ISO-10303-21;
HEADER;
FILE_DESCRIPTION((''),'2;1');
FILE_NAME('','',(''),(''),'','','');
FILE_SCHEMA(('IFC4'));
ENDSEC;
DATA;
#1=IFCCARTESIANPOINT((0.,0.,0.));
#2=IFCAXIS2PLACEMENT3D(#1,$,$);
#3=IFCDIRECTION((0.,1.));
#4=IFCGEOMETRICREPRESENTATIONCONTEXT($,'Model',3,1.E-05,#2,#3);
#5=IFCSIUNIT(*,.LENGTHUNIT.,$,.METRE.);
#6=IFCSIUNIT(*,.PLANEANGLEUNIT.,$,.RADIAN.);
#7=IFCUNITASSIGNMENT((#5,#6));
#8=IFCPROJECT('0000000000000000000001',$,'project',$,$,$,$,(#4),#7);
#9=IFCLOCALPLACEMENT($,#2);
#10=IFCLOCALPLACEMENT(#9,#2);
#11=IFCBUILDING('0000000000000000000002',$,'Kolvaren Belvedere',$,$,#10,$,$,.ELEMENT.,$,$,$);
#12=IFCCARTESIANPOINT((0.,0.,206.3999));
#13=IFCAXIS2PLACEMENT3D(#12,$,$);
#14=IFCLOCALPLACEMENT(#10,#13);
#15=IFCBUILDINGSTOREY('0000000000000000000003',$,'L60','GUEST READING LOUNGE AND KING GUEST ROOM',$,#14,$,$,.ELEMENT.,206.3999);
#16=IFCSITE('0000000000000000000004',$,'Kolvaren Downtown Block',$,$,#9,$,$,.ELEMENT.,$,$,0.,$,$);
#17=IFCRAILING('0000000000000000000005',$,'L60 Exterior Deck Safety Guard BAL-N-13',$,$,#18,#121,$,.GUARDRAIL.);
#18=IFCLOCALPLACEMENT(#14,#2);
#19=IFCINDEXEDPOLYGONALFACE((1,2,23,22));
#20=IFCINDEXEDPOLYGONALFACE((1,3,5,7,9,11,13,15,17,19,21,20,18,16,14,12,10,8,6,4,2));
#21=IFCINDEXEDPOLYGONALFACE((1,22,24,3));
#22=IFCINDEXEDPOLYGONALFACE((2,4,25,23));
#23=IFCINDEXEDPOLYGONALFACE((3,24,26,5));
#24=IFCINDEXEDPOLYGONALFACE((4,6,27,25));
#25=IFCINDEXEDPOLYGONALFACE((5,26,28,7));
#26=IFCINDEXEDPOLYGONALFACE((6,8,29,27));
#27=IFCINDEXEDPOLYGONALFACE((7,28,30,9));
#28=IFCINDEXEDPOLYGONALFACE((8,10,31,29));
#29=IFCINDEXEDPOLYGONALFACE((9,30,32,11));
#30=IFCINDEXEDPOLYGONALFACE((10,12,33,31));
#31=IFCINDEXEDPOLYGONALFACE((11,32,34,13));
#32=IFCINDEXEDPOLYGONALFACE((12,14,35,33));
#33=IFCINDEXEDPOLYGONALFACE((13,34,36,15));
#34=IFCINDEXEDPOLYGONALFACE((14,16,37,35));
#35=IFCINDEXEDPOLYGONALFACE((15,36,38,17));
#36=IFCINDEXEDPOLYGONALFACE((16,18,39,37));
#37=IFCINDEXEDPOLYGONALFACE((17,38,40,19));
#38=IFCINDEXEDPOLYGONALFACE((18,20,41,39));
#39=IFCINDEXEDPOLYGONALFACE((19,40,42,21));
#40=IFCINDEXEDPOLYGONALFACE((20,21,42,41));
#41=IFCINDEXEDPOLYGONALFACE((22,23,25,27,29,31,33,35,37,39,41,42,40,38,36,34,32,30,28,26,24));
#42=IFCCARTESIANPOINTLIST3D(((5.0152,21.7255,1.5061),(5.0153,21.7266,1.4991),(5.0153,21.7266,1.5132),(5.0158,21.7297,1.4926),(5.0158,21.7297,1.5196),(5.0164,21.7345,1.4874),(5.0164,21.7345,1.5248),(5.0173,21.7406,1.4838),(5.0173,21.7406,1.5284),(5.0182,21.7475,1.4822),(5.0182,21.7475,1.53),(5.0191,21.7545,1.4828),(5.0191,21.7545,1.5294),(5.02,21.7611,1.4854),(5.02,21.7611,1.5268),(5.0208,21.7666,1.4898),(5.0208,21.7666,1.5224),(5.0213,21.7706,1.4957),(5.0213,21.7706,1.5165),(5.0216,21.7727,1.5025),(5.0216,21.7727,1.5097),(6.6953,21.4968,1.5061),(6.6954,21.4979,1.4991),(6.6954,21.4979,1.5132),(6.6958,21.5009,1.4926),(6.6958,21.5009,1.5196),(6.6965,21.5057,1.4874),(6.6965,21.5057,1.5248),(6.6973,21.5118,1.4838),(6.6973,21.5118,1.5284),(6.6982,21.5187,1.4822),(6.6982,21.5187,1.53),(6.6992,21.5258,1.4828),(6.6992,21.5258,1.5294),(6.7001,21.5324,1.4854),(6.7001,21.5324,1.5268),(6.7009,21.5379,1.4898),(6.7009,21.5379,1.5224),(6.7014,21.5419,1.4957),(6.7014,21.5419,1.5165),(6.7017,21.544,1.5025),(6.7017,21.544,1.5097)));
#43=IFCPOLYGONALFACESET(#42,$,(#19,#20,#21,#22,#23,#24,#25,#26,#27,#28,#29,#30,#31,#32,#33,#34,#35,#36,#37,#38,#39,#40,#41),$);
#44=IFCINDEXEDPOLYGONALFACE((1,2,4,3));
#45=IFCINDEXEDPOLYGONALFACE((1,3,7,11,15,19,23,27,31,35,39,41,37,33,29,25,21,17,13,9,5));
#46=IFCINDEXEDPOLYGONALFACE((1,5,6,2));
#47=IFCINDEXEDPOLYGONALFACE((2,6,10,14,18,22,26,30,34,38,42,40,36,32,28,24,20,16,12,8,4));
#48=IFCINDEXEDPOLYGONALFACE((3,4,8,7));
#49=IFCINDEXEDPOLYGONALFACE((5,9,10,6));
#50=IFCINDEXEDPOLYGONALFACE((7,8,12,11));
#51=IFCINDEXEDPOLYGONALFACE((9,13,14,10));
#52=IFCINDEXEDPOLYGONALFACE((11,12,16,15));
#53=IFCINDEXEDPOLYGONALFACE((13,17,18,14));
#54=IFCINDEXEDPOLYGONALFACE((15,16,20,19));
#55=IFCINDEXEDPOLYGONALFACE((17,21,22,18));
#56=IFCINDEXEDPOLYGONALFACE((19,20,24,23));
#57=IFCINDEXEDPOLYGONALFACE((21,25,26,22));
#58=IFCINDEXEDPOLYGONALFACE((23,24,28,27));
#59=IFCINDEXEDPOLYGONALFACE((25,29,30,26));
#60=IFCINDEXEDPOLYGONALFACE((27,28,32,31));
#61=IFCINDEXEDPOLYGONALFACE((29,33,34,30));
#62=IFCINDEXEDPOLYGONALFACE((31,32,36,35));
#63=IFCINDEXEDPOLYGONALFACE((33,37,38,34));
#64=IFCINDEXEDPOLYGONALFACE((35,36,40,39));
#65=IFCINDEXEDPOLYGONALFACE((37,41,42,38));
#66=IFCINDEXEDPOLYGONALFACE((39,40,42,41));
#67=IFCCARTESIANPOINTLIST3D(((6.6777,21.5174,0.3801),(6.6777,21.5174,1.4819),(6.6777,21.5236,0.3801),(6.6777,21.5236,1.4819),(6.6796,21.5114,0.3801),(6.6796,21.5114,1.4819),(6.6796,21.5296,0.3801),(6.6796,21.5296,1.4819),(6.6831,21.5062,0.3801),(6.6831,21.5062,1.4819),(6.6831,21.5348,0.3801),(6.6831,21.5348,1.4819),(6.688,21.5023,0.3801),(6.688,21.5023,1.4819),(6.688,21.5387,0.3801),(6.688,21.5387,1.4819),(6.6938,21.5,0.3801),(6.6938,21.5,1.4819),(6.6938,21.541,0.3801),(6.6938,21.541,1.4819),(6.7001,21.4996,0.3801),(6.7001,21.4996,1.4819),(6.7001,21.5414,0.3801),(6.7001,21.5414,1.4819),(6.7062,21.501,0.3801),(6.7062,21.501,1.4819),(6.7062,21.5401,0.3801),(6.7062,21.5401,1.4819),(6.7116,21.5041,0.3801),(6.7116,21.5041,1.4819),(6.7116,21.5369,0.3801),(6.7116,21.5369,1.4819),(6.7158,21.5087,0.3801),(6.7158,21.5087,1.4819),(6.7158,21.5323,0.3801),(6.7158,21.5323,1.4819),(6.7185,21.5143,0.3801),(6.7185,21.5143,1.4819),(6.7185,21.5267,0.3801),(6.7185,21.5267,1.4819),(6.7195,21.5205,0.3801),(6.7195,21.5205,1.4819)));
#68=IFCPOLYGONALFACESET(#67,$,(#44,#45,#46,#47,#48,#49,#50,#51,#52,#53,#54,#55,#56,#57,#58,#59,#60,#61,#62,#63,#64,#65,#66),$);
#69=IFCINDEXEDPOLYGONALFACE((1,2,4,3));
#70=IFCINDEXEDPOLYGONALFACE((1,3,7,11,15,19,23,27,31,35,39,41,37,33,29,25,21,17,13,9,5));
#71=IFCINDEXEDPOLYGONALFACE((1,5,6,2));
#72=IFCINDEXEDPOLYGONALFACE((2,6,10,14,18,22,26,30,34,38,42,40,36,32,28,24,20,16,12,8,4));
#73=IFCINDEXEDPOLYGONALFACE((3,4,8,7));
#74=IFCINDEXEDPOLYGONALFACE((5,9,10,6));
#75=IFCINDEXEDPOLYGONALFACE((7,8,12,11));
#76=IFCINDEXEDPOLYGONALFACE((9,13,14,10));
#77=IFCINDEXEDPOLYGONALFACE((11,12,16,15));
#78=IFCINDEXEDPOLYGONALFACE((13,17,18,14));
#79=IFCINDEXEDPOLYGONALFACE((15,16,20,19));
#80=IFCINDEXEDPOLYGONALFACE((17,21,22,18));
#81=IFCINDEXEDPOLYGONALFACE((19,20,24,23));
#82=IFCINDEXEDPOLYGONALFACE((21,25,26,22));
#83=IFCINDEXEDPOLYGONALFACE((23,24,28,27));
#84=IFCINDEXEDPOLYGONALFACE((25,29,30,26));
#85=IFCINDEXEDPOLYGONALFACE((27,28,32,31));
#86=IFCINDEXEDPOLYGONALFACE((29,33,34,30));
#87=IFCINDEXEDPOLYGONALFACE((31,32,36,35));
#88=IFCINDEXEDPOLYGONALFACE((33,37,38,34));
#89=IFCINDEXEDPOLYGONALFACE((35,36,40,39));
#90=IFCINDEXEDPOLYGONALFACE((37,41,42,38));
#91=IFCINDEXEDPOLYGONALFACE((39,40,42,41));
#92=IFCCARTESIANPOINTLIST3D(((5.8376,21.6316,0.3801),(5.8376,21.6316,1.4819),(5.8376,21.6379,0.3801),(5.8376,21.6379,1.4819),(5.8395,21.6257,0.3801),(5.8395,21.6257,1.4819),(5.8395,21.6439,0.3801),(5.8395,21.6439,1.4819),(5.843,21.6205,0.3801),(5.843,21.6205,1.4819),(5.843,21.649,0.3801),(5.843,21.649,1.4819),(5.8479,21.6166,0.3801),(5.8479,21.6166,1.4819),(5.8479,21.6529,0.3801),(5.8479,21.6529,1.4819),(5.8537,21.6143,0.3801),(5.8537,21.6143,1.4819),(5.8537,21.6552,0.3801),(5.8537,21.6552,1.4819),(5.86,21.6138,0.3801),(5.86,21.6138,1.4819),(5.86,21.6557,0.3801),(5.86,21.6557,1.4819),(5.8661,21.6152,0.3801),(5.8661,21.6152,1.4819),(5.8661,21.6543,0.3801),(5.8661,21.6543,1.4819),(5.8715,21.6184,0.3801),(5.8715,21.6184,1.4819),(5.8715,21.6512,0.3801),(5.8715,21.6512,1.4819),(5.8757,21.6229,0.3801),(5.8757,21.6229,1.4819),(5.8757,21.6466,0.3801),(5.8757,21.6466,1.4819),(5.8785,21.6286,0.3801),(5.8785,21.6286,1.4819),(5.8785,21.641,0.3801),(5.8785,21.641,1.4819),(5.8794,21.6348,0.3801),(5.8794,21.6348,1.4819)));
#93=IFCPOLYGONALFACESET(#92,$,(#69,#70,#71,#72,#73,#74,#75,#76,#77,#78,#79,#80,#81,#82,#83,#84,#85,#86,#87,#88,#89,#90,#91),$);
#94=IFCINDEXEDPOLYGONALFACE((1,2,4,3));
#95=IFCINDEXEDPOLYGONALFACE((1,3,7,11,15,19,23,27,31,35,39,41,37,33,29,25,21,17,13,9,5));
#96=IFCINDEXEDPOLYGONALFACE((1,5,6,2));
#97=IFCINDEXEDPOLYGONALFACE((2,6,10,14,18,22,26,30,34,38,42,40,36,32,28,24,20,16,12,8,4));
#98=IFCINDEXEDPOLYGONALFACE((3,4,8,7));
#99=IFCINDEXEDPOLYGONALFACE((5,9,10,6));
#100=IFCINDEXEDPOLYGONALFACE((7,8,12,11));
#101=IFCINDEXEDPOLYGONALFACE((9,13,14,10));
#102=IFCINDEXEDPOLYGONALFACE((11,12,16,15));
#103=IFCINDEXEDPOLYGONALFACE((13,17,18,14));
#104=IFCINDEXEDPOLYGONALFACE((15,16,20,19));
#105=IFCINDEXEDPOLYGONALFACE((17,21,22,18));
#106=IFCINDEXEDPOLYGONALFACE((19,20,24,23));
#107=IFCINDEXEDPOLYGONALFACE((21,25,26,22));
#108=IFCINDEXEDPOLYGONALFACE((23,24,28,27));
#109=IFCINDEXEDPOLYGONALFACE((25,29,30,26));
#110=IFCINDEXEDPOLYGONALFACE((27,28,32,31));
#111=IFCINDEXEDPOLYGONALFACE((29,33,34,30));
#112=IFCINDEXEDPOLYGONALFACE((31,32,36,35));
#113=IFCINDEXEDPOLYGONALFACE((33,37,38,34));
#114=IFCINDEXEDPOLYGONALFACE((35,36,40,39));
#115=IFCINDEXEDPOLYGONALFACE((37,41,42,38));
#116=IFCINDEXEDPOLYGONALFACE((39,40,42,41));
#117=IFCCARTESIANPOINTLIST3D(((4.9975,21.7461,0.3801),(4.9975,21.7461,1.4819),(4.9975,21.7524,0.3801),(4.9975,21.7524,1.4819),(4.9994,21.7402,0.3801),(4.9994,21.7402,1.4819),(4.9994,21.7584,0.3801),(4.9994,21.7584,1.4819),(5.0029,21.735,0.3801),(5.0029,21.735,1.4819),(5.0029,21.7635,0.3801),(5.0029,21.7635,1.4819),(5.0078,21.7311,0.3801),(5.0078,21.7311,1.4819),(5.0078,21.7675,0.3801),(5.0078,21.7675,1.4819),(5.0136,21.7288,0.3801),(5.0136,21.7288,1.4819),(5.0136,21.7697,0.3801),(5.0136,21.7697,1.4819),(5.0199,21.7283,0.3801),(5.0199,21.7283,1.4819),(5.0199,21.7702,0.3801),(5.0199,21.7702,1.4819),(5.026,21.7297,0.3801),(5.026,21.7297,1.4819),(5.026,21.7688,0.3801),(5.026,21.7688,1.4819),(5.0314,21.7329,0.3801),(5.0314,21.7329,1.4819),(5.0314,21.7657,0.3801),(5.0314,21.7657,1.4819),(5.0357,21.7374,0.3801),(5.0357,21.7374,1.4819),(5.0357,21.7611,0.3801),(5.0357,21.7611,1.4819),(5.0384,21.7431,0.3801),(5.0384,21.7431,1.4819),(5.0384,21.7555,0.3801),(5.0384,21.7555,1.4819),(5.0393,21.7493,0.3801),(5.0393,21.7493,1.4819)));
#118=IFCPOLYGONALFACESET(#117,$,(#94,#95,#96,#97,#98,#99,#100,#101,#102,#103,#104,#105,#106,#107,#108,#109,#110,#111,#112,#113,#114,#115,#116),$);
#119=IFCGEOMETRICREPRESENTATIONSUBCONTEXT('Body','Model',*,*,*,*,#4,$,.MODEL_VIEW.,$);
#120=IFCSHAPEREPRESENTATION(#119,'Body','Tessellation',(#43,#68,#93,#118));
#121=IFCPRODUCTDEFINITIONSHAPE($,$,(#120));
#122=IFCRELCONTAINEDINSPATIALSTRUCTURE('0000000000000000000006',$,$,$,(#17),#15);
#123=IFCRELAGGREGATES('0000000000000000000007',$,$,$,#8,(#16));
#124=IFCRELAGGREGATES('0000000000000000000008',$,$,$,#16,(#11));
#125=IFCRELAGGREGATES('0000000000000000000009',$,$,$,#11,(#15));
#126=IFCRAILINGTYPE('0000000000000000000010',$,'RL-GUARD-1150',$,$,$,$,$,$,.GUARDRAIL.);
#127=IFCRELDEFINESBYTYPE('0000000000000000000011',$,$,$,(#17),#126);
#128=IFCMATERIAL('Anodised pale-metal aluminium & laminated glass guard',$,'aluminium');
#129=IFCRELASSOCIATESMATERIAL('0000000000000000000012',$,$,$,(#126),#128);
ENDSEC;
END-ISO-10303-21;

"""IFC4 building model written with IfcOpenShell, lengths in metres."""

from ifc_helpers import new_model, si_unit, direction, frame, origin, origin_2d, place, context, subcontext, project, spatial, circle, extrude, material, type_object, element, save


model = new_model("IFC4")

# Units and contexts
model_context = context("Model", 3, precision=1e-05, world=origin(), true_north=direction((0.0, 1.0)))
body_context = subcontext(model_context, "Body", "Model", "MODEL_VIEW")
ifc_project = project(units=[si_unit("LENGTHUNIT", "METRE"), si_unit("PLANEANGLEUNIT", "RADIAN")], contexts=[model_context])

# Site, building, storey
site_placement = place(None, origin())
site = spatial("IfcSite", under=ifc_project, at=site_placement, Name="Kolvaren Downtown Block", CompositionType="ELEMENT", RefElevation=0.0)
building_placement = place(site_placement, origin())
building = spatial("IfcBuilding", under=site, at=building_placement, Name="Kolvaren Belvedere", CompositionType="ELEMENT")
storey_placement = place(building_placement, frame((0.0, 0.0, 206.3999)))
storey = spatial("IfcBuildingStorey", under=building, at=storey_placement, Name="L60", Description="GUEST READING LOUNGE AND KING GUEST ROOM", CompositionType="ELEMENT", Elevation=206.3999)

# Railing
ifc_material_1 = material(Name="Anodised pale-metal aluminium & laminated glass guard", Category="aluminium")
railing_type = type_object("IfcRailingType", Name="RL-GUARD-1150", PredefinedType="GUARDRAIL", material=ifc_material_1)
railing_1_placement = place(storey_placement, frame((6.6985, 21.5205, 0.3801)))
element("IfcRailing", 1, at=railing_1_placement, inside=storey, type_object=railing_type, Name="L60 Exterior Deck Safety Guard BAL-N-13", PredefinedType="GUARDRAIL", context=body_context, shape_type="SweptSolid", body=[
    extrude(circle(Radius=0.0239, at=origin_2d()), frame((0.0, 0.0, 1.126), z_axis=(-0.990858, 0.134908, 0.0), x_axis=(-0.134908, -0.990858, 0.0)), (0.0, 0.0, 1.0), 1.6956),
    extrude(circle(Radius=0.021, at=origin_2d()), origin(), (0.0, 0.0, 1.0), 1.1018),
    extrude(circle(Radius=0.021, at=origin_2d()), frame((-0.8401, 0.1143, 0.0)), (0.0, 0.0, 1.0), 1.1018),
    extrude(circle(Radius=0.021, at=origin_2d()), frame((-1.6802, 0.2288, 0.0)), (0.0, 0.0, 1.0), 1.1018),
])

save(model, "model.ifc")
